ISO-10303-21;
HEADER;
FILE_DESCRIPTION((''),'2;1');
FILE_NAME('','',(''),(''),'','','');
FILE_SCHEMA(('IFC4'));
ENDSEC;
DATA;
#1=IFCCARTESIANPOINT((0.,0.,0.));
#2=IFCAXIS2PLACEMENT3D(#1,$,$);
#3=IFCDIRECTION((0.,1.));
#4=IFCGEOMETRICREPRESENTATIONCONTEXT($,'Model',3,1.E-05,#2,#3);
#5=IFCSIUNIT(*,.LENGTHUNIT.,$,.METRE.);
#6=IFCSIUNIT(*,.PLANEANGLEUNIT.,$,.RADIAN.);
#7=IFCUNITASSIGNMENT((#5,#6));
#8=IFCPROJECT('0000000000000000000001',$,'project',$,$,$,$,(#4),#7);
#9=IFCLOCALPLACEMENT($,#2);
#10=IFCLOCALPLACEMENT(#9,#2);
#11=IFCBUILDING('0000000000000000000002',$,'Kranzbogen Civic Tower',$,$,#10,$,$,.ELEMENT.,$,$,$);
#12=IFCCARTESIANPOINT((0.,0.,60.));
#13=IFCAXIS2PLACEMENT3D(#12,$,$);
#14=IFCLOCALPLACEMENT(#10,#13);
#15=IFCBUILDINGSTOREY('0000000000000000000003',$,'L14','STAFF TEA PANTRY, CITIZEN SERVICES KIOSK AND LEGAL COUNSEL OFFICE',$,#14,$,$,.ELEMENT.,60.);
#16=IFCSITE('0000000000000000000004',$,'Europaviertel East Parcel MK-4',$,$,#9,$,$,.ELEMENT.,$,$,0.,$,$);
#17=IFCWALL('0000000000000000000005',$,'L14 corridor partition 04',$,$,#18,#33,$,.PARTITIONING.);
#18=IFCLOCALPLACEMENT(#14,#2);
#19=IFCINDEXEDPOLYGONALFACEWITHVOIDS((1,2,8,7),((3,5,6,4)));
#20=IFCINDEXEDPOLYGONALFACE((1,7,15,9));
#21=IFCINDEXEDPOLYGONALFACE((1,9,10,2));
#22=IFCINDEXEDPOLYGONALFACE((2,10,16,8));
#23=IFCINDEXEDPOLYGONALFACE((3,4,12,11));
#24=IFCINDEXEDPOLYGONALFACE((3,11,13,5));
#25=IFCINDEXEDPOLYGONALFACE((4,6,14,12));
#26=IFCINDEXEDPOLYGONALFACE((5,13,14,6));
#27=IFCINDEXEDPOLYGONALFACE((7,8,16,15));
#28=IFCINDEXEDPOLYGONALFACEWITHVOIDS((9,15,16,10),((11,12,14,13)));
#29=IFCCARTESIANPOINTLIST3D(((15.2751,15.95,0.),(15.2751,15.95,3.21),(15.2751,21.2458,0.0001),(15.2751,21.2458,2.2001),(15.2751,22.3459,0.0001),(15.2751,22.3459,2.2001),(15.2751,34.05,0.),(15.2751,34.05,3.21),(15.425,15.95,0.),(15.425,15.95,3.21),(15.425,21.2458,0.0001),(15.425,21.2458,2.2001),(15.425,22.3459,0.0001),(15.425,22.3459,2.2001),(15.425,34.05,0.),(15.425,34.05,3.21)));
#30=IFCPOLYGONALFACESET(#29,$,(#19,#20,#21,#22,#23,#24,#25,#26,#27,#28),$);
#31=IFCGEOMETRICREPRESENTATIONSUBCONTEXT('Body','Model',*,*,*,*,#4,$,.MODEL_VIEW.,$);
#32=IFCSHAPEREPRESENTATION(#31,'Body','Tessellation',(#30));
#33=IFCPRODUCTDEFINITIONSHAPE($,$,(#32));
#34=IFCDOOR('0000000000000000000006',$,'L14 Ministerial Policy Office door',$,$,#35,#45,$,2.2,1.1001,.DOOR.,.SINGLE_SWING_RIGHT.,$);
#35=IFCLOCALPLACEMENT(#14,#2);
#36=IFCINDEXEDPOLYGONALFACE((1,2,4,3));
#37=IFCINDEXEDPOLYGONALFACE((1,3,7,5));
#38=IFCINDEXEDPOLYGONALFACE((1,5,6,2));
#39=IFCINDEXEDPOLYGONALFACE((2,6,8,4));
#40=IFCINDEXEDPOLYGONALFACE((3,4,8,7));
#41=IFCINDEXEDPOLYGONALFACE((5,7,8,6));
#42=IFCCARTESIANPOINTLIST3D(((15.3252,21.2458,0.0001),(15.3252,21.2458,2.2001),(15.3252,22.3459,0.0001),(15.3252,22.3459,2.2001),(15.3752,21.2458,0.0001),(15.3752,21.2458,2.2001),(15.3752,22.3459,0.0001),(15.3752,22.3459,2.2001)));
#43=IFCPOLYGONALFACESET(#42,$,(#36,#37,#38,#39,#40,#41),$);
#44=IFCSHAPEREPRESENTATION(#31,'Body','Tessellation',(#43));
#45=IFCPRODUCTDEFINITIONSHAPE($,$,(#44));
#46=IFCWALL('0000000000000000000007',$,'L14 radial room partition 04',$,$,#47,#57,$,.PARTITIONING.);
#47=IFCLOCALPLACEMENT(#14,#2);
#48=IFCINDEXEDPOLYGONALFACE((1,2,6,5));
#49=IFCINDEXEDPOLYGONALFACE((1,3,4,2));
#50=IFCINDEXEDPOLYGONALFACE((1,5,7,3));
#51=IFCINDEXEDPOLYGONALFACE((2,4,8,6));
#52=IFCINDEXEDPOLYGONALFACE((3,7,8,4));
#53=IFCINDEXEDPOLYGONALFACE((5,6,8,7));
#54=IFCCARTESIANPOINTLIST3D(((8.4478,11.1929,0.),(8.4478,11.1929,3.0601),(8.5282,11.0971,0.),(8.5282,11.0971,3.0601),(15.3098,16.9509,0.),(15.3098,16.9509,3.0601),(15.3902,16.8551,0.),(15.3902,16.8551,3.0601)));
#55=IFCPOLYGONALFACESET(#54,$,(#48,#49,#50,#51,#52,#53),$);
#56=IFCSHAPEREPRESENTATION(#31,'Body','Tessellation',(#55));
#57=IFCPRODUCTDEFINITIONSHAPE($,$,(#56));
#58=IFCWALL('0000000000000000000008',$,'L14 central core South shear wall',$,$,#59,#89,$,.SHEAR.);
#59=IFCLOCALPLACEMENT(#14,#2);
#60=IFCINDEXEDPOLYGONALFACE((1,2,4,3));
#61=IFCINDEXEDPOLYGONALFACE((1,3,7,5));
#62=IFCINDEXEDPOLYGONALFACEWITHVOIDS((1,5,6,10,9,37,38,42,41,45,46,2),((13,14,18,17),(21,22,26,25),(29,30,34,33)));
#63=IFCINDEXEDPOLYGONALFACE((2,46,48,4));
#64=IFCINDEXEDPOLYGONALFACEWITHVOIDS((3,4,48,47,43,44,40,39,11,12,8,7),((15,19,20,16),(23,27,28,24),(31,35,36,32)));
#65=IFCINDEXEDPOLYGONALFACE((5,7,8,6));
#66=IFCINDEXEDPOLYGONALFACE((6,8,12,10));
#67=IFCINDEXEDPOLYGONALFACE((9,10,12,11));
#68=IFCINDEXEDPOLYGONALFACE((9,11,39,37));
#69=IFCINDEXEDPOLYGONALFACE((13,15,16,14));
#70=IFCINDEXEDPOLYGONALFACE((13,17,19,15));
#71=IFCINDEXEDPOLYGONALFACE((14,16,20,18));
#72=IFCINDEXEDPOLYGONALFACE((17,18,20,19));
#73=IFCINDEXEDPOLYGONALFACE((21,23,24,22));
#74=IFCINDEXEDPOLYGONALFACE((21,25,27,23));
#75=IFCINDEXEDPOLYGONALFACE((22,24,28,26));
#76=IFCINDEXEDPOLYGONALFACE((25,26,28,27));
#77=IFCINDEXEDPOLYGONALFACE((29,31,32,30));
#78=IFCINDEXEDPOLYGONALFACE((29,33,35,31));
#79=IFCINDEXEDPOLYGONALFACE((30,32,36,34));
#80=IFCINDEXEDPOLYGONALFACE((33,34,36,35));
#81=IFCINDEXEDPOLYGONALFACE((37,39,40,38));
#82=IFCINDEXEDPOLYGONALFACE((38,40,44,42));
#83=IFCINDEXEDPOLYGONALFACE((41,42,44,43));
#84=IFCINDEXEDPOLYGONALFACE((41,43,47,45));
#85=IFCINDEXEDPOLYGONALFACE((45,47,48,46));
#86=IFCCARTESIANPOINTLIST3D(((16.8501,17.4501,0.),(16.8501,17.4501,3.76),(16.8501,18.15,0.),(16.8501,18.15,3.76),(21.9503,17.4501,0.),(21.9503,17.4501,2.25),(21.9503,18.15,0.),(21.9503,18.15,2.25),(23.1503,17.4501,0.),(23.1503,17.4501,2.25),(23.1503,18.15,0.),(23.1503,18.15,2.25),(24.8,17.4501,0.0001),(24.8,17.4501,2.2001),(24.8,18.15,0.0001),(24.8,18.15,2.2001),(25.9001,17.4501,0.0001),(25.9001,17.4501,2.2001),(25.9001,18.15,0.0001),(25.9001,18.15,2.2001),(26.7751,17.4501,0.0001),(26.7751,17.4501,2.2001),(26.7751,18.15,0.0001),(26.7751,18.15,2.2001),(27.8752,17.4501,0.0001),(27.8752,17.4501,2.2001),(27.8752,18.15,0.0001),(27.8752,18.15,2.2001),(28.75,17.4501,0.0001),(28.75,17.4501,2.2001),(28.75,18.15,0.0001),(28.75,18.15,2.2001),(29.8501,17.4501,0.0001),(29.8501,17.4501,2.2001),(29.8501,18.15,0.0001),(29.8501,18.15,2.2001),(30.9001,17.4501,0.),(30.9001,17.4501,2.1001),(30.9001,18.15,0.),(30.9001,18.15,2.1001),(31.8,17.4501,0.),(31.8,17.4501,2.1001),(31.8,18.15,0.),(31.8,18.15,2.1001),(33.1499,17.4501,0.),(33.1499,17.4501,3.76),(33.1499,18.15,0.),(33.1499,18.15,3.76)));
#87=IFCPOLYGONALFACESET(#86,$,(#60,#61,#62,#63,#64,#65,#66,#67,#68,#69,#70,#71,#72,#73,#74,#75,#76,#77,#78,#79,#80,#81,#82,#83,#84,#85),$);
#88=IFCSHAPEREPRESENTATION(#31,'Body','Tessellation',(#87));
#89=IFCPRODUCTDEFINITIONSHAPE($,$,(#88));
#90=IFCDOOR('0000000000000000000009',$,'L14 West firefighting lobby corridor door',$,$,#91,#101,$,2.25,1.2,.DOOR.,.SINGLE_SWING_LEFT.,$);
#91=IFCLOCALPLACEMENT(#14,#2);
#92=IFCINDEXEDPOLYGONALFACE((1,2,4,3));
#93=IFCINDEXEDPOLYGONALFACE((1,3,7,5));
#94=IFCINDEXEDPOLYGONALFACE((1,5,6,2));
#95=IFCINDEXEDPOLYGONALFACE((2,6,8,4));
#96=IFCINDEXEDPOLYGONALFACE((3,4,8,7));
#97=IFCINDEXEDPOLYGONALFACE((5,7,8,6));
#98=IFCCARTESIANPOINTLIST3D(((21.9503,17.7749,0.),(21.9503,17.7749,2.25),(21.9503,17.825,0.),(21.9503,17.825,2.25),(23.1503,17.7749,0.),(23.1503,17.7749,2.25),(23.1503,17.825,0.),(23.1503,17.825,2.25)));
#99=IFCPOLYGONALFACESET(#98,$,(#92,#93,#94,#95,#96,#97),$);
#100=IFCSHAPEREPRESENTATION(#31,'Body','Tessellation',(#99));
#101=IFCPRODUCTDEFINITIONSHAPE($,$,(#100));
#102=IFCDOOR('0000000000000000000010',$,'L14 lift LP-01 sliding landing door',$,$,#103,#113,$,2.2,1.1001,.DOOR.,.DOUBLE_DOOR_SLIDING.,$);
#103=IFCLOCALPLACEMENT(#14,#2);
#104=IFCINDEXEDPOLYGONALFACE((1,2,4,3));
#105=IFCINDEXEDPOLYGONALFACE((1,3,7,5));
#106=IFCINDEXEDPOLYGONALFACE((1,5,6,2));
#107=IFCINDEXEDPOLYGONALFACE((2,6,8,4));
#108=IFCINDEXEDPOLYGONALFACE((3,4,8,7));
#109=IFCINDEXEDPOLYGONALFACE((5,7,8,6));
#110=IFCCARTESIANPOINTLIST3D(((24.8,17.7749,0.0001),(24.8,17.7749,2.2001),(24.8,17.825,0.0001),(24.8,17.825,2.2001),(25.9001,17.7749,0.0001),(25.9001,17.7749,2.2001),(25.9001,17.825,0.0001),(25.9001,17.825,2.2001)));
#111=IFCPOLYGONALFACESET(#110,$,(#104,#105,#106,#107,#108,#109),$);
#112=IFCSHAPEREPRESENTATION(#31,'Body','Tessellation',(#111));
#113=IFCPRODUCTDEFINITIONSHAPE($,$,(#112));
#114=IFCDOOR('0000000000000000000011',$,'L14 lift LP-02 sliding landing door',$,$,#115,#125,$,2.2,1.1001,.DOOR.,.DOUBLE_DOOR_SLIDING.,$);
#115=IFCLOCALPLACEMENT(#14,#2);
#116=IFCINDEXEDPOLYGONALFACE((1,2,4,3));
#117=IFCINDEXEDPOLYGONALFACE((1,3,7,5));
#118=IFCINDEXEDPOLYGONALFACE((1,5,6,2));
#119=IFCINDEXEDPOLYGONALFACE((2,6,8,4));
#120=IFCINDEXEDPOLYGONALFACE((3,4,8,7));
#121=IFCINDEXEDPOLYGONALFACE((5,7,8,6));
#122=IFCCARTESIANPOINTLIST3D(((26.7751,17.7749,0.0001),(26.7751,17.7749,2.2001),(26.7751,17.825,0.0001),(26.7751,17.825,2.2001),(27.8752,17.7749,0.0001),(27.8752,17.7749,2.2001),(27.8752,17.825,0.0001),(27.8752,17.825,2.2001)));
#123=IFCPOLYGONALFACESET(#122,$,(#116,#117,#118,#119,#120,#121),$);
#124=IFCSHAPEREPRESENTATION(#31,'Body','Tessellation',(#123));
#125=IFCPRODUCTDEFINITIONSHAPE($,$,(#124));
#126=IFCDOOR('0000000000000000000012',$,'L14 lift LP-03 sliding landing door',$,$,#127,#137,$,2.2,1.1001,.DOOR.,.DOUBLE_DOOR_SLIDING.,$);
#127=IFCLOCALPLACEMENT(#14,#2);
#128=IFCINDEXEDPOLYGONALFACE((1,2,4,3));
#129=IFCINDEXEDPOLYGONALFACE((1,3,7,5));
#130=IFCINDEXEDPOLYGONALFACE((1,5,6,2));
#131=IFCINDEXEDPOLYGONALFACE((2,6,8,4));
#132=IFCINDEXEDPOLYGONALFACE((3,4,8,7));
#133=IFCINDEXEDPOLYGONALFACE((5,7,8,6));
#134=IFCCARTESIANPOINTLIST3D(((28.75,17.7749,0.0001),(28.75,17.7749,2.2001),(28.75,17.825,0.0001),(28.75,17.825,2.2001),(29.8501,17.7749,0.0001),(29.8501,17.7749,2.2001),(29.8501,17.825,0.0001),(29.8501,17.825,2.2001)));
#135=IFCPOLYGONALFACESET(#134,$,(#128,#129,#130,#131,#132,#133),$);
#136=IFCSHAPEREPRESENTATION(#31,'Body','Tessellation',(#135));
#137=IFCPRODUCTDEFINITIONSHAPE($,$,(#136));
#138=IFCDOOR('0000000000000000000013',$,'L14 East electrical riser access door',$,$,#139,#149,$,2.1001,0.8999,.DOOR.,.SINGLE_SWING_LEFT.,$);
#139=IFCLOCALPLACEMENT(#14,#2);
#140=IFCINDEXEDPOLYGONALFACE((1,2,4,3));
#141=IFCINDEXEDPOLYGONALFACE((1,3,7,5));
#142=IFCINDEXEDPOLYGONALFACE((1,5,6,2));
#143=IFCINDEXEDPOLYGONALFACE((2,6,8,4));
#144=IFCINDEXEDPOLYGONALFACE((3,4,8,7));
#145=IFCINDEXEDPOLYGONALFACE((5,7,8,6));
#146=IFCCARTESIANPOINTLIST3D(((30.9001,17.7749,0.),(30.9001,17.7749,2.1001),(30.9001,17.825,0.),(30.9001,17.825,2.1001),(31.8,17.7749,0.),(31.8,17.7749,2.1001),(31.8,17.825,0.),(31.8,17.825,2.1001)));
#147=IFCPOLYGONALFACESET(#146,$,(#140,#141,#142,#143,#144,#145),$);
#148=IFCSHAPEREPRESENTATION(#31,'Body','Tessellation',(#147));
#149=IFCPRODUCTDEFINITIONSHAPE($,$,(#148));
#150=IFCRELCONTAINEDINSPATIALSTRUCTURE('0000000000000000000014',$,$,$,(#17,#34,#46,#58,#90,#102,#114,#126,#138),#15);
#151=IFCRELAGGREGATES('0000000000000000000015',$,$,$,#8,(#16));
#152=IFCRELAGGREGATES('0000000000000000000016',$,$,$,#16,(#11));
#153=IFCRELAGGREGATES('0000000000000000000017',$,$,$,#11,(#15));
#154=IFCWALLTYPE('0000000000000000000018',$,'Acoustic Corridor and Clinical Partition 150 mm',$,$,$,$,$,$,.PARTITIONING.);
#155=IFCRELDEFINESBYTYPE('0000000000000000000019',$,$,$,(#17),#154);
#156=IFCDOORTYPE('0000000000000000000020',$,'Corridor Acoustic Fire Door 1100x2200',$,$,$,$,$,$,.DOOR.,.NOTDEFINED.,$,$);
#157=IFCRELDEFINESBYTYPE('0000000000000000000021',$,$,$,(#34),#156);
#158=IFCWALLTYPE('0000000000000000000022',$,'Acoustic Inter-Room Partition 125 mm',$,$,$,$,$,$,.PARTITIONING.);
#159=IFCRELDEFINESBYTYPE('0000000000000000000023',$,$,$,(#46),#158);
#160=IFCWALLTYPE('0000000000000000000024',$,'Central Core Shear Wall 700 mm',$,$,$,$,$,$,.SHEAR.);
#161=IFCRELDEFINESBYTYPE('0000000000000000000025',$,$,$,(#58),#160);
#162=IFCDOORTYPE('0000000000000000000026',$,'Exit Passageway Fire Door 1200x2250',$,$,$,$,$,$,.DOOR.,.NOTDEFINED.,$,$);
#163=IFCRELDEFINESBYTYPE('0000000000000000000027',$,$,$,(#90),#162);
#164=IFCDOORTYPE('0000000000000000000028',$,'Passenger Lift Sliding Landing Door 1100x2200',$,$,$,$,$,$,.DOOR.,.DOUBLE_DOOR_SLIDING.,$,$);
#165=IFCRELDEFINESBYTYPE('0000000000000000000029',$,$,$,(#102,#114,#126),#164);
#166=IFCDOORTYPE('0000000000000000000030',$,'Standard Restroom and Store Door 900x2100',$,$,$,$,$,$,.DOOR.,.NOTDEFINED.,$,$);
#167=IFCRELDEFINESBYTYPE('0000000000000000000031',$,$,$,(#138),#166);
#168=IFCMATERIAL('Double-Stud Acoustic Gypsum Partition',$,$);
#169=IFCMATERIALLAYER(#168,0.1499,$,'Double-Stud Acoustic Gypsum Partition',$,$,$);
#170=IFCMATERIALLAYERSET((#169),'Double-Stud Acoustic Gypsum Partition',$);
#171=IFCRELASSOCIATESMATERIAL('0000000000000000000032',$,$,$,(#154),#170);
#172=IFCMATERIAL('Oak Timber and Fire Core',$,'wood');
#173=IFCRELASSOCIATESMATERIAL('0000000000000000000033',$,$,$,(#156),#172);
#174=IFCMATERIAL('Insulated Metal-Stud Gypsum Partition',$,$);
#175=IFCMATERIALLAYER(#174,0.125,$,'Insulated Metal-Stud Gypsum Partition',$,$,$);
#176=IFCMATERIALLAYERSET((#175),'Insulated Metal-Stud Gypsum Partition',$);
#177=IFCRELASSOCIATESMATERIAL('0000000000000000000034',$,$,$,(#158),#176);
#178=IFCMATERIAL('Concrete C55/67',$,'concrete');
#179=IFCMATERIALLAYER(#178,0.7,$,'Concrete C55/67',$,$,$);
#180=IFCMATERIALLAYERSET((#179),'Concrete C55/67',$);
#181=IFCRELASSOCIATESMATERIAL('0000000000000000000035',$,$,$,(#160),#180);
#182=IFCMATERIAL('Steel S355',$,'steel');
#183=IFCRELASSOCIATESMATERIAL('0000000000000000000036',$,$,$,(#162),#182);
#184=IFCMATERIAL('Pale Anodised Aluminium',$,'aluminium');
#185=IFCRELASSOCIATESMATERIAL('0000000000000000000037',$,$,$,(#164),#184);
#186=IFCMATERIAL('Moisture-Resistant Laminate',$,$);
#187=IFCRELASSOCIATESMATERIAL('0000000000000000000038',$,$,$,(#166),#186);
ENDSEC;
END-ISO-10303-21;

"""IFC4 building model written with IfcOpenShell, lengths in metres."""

from ifc_helpers import new_model, si_unit, direction, frame, frame_2d, origin, place, context, subcontext, project, spatial, rectangle, extrude, material, layer, layer_set, type_object, element, fill, save


model = new_model("IFC4")

# Units and contexts
model_context = context("Model", 3, precision=1e-05, world=origin(), true_north=direction((0.0, 1.0)))
body_context = subcontext(model_context, "Body", "Model", "MODEL_VIEW")
ifc_project = project(units=[si_unit("LENGTHUNIT", "METRE"), si_unit("PLANEANGLEUNIT", "RADIAN")], contexts=[model_context])

# Site, building, storey
site_placement = place(None, origin())
site = spatial("IfcSite", under=ifc_project, at=site_placement, Name="Europaviertel East Parcel MK-4", CompositionType="ELEMENT", RefElevation=0.0)
building_placement = place(site_placement, origin())
building = spatial("IfcBuilding", under=site, at=building_placement, Name="Kranzbogen Civic Tower", CompositionType="ELEMENT")
storey_placement = place(building_placement, frame((0.0, 0.0, 60.0)))
storey = spatial("IfcBuildingStorey", under=building, at=storey_placement, Name="L14", Description="STAFF TEA PANTRY, CITIZEN SERVICES KIOSK AND LEGAL COUNSEL OFFICE", CompositionType="ELEMENT", Elevation=60.0)

# Shared definitions
ifc_material_1 = material(Name="Pale Anodised Aluminium", Category="aluminium")

# Shared definitions
ifc_material_2 = material(Name="Steel S355", Category="steel")

# Wall, opening, door
ifc_material_3 = material(Name="Double-Stud Acoustic Gypsum Partition")
ifc_layer_1 = layer(ifc_material_3, 0.1499, Name="Double-Stud Acoustic Gypsum Partition")
ifc_layer_set_1 = layer_set([ifc_layer_1], Name="Double-Stud Acoustic Gypsum Partition")
wall_type_1 = type_object("IfcWallType", Name="Acoustic Corridor and Clinical Partition 150 mm", PredefinedType="PARTITIONING", material=ifc_layer_set_1)
wall_1_placement = place(storey_placement, frame((15.3501, 15.95, 0.0), z_axis=(0.0, 0.0, 1.0), x_axis=(0.0, 1.0, 0.0)))
wall_1 = element("IfcWall", 1, at=wall_1_placement, inside=storey, type_object=wall_type_1, Name="L14 corridor partition 04", PredefinedType="PARTITIONING", context=body_context, shape_type="SweptSolid", body=[
    extrude(rectangle(XDim=18.1001, YDim=0.1499, at=frame_2d((9.05, 0.0))), origin(), (0.0, 0.0, 1.0), 3.21),
])
opening_1_placement = place(wall_1_placement, frame((5.2959, 0.0, 0.0)))
opening_1 = element("IfcOpeningElement", 2, at=opening_1_placement, cuts=wall_1, PredefinedType="OPENING", context=body_context, shape_type="SweptSolid", body=[
    extrude(rectangle(XDim=1.1001, YDim=2.2, at=frame_2d((0.55, 1.1001))), frame((0.0, 0.085, 0.0), z_axis=(0.0, -1.0, 0.0), x_axis=(1.0, 0.0, 0.0)), (0.0, 0.0, 1.0), 0.1699),
])
ifc_material_4 = material(Name="Oak Timber and Fire Core", Category="wood")
door_type_1 = type_object("IfcDoorType", Name="Corridor Acoustic Fire Door 1100x2200", OperationType="NOTDEFINED", PredefinedType="DOOR", material=ifc_material_4)
door_1_placement = place(opening_1_placement, origin())
door_1 = element("IfcDoor", 3, at=door_1_placement, inside=storey, type_object=door_type_1, Name="L14 Ministerial Policy Office door", OperationType="SINGLE_SWING_RIGHT", OverallHeight=2.2, OverallWidth=1.1001, PredefinedType="DOOR", context=body_context, shape_type="SweptSolid", body=[
    extrude(rectangle(XDim=1.1001, YDim=2.2, at=frame_2d((0.55, 1.1001))), frame((0.0, 0.0249, 0.0), z_axis=(0.0, -1.0, 0.0), x_axis=(1.0, 0.0, 0.0)), (0.0, 0.0, 1.0), 0.05),
])
fill(opening_1, door_1)

# Wall
ifc_material_5 = material(Name="Insulated Metal-Stud Gypsum Partition")
ifc_layer_2 = layer(ifc_material_5, 0.125, Name="Insulated Metal-Stud Gypsum Partition")
ifc_layer_set_2 = layer_set([ifc_layer_2], Name="Insulated Metal-Stud Gypsum Partition")
wall_type_2 = type_object("IfcWallType", Name="Acoustic Inter-Room Partition 125 mm", PredefinedType="PARTITIONING", material=ifc_layer_set_2)
wall_2_placement = place(storey_placement, frame((15.3501, 16.9031, 0.0), z_axis=(0.0, 0.0, 1.0), x_axis=(-0.766039, -0.642794, 0.0)))
element("IfcWall", 4, at=wall_2_placement, inside=storey, type_object=wall_type_2, Name="L14 radial room partition 04", PredefinedType="PARTITIONING", context=body_context, shape_type="SweptSolid", body=[
    extrude(rectangle(XDim=8.9578, YDim=0.125, at=frame_2d((4.479, 0.0))), origin(), (0.0, 0.0, 1.0), 3.0601),
])

# Wall, openings, doors
ifc_material_6 = material(Name="Concrete C55/67", Category="concrete")
ifc_layer_3 = layer(ifc_material_6, 0.7, Name="Concrete C55/67")
ifc_layer_set_3 = layer_set([ifc_layer_3], Name="Concrete C55/67")
wall_type_3 = type_object("IfcWallType", Name="Central Core Shear Wall 700 mm", PredefinedType="SHEAR", material=ifc_layer_set_3)
wall_3_placement = place(storey_placement, frame((16.8501, 17.8, 0.0), z_axis=(0.0, 0.0, 1.0), x_axis=(1.0, 0.0, 0.0)))
wall_3 = element("IfcWall", 5, at=wall_3_placement, inside=storey, type_object=wall_type_3, Name="L14 central core South shear wall", PredefinedType="SHEAR", context=body_context, shape_type="SweptSolid", body=[
    extrude(rectangle(XDim=16.2998, YDim=0.7, at=frame_2d((8.1499, 0.0))), origin(), (0.0, 0.0, 1.0), 3.76),
])
opening_2_placement = place(wall_3_placement, frame((5.1001, 0.0, 0.0)))
opening_2 = element("IfcOpeningElement", 6, at=opening_2_placement, cuts=wall_3, PredefinedType="OPENING", context=body_context, shape_type="SweptSolid", body=[
    extrude(rectangle(XDim=1.2, YDim=2.25, at=frame_2d((0.6001, 1.125))), frame((0.0, 0.3599, 0.0), z_axis=(0.0, -1.0, 0.0), x_axis=(1.0, 0.0, 0.0)), (0.0, 0.0, 1.0), 0.72),
])
opening_3_placement = place(wall_3_placement, frame((14.05, 0.0, 0.0)))
opening_3 = element("IfcOpeningElement", 7, at=opening_3_placement, cuts=wall_3, PredefinedType="OPENING", context=body_context, shape_type="SweptSolid", body=[
    extrude(rectangle(XDim=0.8999, YDim=2.1001, at=frame_2d((0.45, 1.05))), frame((0.0, 0.3599, 0.0), z_axis=(0.0, -1.0, 0.0), x_axis=(1.0, 0.0, 0.0)), (0.0, 0.0, 1.0), 0.72),
])
opening_4_placement = place(wall_3_placement, frame((7.95, 0.0, 0.0)))
opening_4 = element("IfcOpeningElement", 8, at=opening_4_placement, cuts=wall_3, PredefinedType="OPENING", context=body_context, shape_type="SweptSolid", body=[
    extrude(rectangle(XDim=1.1001, YDim=2.2, at=frame_2d((0.55, 1.1001))), frame((0.0, 0.3599, 0.0), z_axis=(0.0, -1.0, 0.0), x_axis=(1.0, 0.0, 0.0)), (0.0, 0.0, 1.0), 0.72),
])
opening_5_placement = place(wall_3_placement, frame((9.925, 0.0, 0.0)))
opening_5 = element("IfcOpeningElement", 9, at=opening_5_placement, cuts=wall_3, PredefinedType="OPENING", context=body_context, shape_type="SweptSolid", body=[
    extrude(rectangle(XDim=1.1001, YDim=2.2, at=frame_2d((0.55, 1.1001))), frame((0.0, 0.3599, 0.0), z_axis=(0.0, -1.0, 0.0), x_axis=(1.0, 0.0, 0.0)), (0.0, 0.0, 1.0), 0.72),
])
opening_6_placement = place(wall_3_placement, frame((11.8999, 0.0, 0.0)))
opening_6 = element("IfcOpeningElement", 10, at=opening_6_placement, cuts=wall_3, PredefinedType="OPENING", context=body_context, shape_type="SweptSolid", body=[
    extrude(rectangle(XDim=1.1001, YDim=2.2, at=frame_2d((0.55, 1.1001))), frame((0.0, 0.3599, 0.0), z_axis=(0.0, -1.0, 0.0), x_axis=(1.0, 0.0, 0.0)), (0.0, 0.0, 1.0), 0.72),
])
door_type_2 = type_object("IfcDoorType", Name="Exit Passageway Fire Door 1200x2250", OperationType="NOTDEFINED", PredefinedType="DOOR", material=ifc_material_2)
door_2_placement = place(opening_2_placement, origin())
door_2 = element("IfcDoor", 11, at=door_2_placement, inside=storey, type_object=door_type_2, Name="L14 West firefighting lobby corridor door", OperationType="SINGLE_SWING_LEFT", OverallHeight=2.25, OverallWidth=1.2, PredefinedType="DOOR", context=body_context, shape_type="SweptSolid", body=[
    extrude(rectangle(XDim=1.2, YDim=2.25, at=frame_2d((0.6001, 1.125))), frame((0.0, 0.0249, 0.0), z_axis=(0.0, -1.0, 0.0), x_axis=(1.0, 0.0, 0.0)), (0.0, 0.0, 1.0), 0.05),
])
fill(opening_2, door_2)
door_type_3 = type_object("IfcDoorType", Name="Passenger Lift Sliding Landing Door 1100x2200", OperationType="DOUBLE_DOOR_SLIDING", PredefinedType="DOOR", material=ifc_material_1)
door_3_placement = place(opening_4_placement, origin())
door_3 = element("IfcDoor", 12, at=door_3_placement, inside=storey, type_object=door_type_3, Name="L14 lift LP-01 sliding landing door", OperationType="DOUBLE_DOOR_SLIDING", OverallHeight=2.2, OverallWidth=1.1001, PredefinedType="DOOR", context=body_context, shape_type="SweptSolid", body=[
    extrude(rectangle(XDim=1.1001, YDim=2.2, at=frame_2d((0.55, 1.1001))), frame((0.0, 0.0249, 0.0), z_axis=(0.0, -1.0, 0.0), x_axis=(1.0, 0.0, 0.0)), (0.0, 0.0, 1.0), 0.05),
])
fill(opening_4, door_3)
door_4_placement = place(opening_5_placement, origin())
door_4 = element("IfcDoor", 13, at=door_4_placement, inside=storey, type_object=door_type_3, Name="L14 lift LP-02 sliding landing door", OperationType="DOUBLE_DOOR_SLIDING", OverallHeight=2.2, OverallWidth=1.1001, PredefinedType="DOOR", context=body_context, shape_type="SweptSolid", body=[
    extrude(rectangle(XDim=1.1001, YDim=2.2, at=frame_2d((0.55, 1.1001))), frame((0.0, 0.0249, 0.0), z_axis=(0.0, -1.0, 0.0), x_axis=(1.0, 0.0, 0.0)), (0.0, 0.0, 1.0), 0.05),
])
fill(opening_5, door_4)
door_5_placement = place(opening_6_placement, origin())
door_5 = element("IfcDoor", 14, at=door_5_placement, inside=storey, type_object=door_type_3, Name="L14 lift LP-03 sliding landing door", OperationType="DOUBLE_DOOR_SLIDING", OverallHeight=2.2, OverallWidth=1.1001, PredefinedType="DOOR", context=body_context, shape_type="SweptSolid", body=[
    extrude(rectangle(XDim=1.1001, YDim=2.2, at=frame_2d((0.55, 1.1001))), frame((0.0, 0.0249, 0.0), z_axis=(0.0, -1.0, 0.0), x_axis=(1.0, 0.0, 0.0)), (0.0, 0.0, 1.0), 0.05),
])
fill(opening_6, door_5)
ifc_material_7 = material(Name="Moisture-Resistant Laminate")
door_type_4 = type_object("IfcDoorType", Name="Standard Restroom and Store Door 900x2100", OperationType="NOTDEFINED", PredefinedType="DOOR", material=ifc_material_7)
door_6_placement = place(opening_3_placement, origin())
door_6 = element("IfcDoor", 15, at=door_6_placement, inside=storey, type_object=door_type_4, Name="L14 East electrical riser access door", OperationType="SINGLE_SWING_LEFT", OverallHeight=2.1001, OverallWidth=0.8999, PredefinedType="DOOR", context=body_context, shape_type="SweptSolid", body=[
    extrude(rectangle(XDim=0.8999, YDim=2.1001, at=frame_2d((0.45, 1.05))), frame((0.0, 0.0249, 0.0), z_axis=(0.0, -1.0, 0.0), x_axis=(1.0, 0.0, 0.0)), (0.0, 0.0, 1.0), 0.05),
])
fill(opening_3, door_6)

save(model, "model.ifc")
